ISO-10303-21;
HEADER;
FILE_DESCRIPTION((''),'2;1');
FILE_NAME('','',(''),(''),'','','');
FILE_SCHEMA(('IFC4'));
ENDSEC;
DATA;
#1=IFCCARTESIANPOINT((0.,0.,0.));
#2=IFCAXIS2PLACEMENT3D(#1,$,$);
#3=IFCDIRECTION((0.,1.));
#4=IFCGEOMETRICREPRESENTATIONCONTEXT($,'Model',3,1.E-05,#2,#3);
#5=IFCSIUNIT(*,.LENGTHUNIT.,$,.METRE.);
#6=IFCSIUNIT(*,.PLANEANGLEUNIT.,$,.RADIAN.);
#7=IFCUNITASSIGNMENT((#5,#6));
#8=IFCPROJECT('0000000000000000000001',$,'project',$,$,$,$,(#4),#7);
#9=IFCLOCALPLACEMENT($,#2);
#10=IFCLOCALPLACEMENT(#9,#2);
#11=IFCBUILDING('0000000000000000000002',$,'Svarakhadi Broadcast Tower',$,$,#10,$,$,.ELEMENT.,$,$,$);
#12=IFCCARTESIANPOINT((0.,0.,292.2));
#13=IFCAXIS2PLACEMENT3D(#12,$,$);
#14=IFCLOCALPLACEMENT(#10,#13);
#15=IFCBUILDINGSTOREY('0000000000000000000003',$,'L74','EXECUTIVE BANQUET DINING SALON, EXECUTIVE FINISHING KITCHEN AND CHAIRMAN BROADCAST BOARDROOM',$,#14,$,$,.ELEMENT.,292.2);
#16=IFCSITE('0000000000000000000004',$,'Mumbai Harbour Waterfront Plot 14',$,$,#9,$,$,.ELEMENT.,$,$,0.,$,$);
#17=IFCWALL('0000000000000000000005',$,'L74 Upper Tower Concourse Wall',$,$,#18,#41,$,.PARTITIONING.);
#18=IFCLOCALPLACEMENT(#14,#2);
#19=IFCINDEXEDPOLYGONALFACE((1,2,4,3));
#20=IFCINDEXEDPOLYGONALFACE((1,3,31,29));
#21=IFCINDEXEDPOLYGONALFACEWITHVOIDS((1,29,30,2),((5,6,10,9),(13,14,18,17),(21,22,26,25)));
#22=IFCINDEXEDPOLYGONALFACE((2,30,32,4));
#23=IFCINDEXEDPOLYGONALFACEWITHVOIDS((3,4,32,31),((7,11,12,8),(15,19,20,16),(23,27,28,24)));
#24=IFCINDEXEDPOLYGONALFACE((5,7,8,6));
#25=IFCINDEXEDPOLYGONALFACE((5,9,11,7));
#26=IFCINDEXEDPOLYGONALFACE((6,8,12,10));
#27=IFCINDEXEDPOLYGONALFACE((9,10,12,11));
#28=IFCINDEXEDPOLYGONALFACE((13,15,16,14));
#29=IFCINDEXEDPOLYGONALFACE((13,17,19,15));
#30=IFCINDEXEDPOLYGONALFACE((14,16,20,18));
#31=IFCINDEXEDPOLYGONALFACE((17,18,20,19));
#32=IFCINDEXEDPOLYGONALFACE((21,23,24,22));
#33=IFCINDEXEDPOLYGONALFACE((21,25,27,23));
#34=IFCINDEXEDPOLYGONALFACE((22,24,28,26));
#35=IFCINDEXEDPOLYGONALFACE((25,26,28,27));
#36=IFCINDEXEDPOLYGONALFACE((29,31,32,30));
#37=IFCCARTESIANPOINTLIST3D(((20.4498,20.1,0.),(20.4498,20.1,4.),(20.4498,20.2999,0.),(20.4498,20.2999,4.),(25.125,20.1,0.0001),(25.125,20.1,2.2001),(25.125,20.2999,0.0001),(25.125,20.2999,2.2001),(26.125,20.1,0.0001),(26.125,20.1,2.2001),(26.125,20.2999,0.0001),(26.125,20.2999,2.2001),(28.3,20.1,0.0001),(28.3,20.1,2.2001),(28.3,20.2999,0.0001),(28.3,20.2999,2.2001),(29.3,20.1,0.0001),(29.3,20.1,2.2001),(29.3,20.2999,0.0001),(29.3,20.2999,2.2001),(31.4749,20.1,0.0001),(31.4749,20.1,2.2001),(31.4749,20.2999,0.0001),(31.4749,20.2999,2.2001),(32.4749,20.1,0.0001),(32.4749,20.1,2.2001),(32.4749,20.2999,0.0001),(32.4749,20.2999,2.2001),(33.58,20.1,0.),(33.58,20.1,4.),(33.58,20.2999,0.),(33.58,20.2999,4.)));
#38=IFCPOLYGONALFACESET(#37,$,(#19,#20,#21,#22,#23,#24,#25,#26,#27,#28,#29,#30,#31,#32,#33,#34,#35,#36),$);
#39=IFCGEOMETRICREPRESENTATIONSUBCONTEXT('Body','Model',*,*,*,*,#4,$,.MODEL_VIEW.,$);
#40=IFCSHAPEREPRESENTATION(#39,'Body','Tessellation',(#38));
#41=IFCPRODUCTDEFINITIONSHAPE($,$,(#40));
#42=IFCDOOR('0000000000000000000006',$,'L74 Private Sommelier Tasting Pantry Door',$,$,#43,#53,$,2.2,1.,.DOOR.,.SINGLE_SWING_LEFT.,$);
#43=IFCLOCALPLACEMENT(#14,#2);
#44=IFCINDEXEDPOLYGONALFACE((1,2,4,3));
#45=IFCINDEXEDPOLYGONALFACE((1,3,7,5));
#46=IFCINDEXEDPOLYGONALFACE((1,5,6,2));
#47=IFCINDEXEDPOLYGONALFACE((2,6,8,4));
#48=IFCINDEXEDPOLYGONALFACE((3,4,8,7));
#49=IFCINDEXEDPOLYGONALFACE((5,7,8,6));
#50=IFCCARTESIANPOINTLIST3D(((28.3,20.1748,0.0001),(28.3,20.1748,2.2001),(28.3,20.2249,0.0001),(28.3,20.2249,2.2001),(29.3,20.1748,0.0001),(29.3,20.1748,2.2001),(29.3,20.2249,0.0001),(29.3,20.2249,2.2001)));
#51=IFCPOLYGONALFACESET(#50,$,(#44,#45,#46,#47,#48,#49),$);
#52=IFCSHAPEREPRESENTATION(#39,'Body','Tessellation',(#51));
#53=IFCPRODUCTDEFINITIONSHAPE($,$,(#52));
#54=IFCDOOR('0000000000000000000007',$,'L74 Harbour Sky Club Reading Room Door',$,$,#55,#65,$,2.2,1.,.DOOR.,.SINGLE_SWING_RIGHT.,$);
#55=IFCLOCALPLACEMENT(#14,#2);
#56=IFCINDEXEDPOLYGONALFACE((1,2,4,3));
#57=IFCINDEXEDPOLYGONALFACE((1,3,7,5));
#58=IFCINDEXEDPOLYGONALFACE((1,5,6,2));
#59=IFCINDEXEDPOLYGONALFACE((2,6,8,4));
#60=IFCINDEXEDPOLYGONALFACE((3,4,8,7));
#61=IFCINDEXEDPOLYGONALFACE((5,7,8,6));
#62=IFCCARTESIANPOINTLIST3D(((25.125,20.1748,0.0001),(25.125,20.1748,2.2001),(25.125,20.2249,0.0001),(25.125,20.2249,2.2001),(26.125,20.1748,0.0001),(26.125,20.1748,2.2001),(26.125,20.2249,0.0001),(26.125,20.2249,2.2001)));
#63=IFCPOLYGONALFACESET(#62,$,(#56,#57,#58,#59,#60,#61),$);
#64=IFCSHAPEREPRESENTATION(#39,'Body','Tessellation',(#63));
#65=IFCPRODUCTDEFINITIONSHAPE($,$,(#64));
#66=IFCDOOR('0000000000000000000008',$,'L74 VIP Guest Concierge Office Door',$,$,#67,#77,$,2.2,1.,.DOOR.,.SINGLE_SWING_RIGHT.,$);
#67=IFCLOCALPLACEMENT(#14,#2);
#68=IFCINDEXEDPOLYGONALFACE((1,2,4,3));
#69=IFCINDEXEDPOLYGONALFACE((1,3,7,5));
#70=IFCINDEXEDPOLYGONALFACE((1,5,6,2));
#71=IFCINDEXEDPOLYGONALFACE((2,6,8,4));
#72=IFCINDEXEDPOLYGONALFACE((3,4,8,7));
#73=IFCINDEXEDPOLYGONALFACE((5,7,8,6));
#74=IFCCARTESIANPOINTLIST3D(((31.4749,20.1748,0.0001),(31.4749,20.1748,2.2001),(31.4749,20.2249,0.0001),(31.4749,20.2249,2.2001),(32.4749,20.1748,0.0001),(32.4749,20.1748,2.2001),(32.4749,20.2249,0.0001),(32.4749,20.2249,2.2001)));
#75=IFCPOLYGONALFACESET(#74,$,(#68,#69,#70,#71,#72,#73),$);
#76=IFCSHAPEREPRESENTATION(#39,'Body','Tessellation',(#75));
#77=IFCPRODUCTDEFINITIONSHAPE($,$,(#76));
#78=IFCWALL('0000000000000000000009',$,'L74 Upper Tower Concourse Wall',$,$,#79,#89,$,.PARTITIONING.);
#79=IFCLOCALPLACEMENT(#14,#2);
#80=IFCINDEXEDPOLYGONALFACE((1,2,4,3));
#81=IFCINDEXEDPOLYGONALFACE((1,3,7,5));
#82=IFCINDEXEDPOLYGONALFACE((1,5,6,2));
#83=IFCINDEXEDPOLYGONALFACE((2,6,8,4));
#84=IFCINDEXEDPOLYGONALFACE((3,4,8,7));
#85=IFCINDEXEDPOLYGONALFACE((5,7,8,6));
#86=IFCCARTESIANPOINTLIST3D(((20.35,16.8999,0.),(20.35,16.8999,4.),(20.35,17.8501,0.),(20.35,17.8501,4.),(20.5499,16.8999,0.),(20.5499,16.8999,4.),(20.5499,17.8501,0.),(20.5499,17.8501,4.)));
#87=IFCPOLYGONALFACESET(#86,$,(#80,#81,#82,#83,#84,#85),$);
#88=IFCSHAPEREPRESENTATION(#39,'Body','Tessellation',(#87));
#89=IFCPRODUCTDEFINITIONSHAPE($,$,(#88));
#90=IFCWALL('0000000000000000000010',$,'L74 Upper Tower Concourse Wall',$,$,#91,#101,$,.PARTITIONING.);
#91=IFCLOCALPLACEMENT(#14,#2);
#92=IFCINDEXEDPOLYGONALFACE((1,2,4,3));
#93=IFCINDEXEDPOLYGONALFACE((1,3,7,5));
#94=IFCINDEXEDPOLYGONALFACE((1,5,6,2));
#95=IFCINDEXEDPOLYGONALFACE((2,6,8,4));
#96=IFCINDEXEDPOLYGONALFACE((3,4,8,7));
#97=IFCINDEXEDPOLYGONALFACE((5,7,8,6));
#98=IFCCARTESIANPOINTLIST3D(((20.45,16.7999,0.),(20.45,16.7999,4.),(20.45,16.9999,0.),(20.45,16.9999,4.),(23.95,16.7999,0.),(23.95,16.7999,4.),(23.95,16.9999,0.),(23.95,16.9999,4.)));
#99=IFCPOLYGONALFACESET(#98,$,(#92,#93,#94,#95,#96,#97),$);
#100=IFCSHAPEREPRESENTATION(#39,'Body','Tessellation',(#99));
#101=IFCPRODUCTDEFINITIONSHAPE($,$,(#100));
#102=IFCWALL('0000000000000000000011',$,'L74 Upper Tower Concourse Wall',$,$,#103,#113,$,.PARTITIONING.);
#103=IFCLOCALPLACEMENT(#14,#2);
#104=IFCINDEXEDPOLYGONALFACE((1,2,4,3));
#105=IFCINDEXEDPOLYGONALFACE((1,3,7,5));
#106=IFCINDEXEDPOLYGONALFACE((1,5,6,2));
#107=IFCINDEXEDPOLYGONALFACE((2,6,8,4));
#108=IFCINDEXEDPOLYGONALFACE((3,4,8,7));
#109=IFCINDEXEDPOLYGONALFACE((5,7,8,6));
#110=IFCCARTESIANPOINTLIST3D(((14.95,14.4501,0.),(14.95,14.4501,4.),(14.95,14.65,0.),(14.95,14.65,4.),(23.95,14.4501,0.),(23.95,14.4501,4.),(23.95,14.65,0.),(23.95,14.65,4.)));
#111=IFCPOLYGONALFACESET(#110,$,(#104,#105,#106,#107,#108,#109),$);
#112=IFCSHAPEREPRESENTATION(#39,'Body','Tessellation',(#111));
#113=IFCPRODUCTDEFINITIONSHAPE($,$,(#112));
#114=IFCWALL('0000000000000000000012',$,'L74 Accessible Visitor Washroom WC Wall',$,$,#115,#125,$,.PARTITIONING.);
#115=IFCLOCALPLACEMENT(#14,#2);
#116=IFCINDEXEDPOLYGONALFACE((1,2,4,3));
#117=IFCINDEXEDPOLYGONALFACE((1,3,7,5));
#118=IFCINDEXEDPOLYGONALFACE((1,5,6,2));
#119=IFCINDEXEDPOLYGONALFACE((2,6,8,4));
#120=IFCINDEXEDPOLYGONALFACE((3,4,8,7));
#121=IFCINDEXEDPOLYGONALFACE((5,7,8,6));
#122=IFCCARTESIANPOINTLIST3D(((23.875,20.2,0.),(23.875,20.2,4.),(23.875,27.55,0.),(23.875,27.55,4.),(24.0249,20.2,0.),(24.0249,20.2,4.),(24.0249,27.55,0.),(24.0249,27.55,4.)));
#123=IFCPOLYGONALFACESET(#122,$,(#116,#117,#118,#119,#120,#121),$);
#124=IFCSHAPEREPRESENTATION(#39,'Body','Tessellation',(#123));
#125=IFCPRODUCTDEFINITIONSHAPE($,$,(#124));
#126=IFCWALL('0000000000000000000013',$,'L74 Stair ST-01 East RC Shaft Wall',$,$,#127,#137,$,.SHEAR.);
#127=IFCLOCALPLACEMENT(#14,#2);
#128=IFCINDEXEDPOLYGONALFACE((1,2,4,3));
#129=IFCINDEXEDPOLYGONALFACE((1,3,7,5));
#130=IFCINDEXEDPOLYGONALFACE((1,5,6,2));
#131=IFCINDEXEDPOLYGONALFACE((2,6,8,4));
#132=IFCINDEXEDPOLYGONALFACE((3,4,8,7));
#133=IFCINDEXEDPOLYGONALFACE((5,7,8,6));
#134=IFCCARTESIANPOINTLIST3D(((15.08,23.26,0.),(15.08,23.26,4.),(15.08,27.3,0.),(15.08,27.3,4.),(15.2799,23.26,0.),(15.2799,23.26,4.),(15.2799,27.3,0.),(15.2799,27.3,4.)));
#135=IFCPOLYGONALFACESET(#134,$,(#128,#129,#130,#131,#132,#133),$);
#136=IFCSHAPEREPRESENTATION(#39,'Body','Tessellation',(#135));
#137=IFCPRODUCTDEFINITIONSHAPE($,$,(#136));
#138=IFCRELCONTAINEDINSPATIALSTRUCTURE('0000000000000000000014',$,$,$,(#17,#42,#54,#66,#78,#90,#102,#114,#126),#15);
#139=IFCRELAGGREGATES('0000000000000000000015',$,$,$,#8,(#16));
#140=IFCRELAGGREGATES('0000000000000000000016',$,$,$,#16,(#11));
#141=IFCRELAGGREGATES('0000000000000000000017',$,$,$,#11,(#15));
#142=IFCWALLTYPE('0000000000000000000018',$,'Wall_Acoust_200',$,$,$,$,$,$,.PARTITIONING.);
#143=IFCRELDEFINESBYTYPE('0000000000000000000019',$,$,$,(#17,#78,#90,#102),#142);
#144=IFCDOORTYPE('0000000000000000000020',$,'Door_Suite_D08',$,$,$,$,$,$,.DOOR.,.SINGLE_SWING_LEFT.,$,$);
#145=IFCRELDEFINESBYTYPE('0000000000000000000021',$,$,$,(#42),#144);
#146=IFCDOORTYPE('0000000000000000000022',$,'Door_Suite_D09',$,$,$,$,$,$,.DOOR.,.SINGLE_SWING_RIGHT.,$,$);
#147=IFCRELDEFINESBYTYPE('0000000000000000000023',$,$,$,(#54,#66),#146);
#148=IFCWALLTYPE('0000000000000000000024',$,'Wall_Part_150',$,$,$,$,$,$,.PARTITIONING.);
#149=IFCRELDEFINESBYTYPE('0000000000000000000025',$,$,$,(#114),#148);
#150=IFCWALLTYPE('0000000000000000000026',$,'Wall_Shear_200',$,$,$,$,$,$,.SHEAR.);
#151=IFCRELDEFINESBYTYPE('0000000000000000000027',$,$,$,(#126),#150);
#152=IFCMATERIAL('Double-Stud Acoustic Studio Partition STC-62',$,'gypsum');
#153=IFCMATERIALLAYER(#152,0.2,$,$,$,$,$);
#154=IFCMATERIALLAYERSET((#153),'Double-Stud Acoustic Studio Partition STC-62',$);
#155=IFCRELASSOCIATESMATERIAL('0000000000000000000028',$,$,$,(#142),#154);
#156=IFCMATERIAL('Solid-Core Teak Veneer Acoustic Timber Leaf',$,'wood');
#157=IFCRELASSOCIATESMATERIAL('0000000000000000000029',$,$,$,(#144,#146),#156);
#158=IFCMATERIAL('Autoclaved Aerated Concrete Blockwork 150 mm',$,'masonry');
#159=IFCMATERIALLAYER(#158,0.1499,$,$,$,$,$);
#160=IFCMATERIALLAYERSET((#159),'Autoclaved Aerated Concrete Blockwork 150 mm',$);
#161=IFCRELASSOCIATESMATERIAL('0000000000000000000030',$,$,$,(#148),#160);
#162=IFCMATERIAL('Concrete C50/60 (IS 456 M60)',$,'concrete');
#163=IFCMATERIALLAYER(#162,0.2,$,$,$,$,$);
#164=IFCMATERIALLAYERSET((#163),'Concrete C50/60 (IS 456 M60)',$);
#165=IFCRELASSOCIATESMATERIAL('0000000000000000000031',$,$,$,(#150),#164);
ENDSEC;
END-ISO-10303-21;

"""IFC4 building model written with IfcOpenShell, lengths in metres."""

from ifc_helpers import new_model, si_unit, direction, frame, frame_2d, origin, place, context, subcontext, project, spatial, rectangle, extrude, material, layer, layer_set, type_object, element, fill, save


model = new_model("IFC4")

# Units and contexts
model_context = context("Model", 3, precision=1e-05, world=origin(), true_north=direction((0.0, 1.0)))
body_context = subcontext(model_context, "Body", "Model", "MODEL_VIEW")
ifc_project = project(units=[si_unit("LENGTHUNIT", "METRE"), si_unit("PLANEANGLEUNIT", "RADIAN")], contexts=[model_context])

# Site, building, storey
site_placement = place(None, origin())
site = spatial("IfcSite", under=ifc_project, at=site_placement, Name="Mumbai Harbour Waterfront Plot 14", CompositionType="ELEMENT", RefElevation=0.0)
building_placement = place(site_placement, origin())
building = spatial("IfcBuilding", under=site, at=building_placement, Name="Svarakhadi Broadcast Tower", CompositionType="ELEMENT")
storey_placement = place(building_placement, frame((0.0, 0.0, 292.2)))
storey = spatial("IfcBuildingStorey", under=building, at=storey_placement, Name="L74", Description="EXECUTIVE BANQUET DINING SALON, EXECUTIVE FINISHING KITCHEN AND CHAIRMAN BROADCAST BOARDROOM", CompositionType="ELEMENT", Elevation=292.2)

# Shared definitions
ifc_material_1 = material(Name="Concrete C50/60 (IS 456 M60)", Category="concrete")

# Wall, openings, doors
ifc_material_2 = material(Name="Double-Stud Acoustic Studio Partition STC-62", Category="gypsum")
ifc_layer_1 = layer(ifc_material_2, 0.2)
ifc_layer_set_1 = layer_set([ifc_layer_1], Name="Double-Stud Acoustic Studio Partition STC-62")
wall_type_1 = type_object("IfcWallType", Name="Wall_Acoust_200", PredefinedType="PARTITIONING", material=ifc_layer_set_1)
wall_1_placement = place(storey_placement, frame((20.45, 20.2, 0.0), z_axis=(0.0, 0.0, 1.0), x_axis=(1.0, 0.0, 0.0)))
wall_1 = element("IfcWall", 1, at=wall_1_placement, inside=storey, type_object=wall_type_1, Name="L74 Upper Tower Concourse Wall", PredefinedType="PARTITIONING", context=body_context, shape_type="SweptSolid", body=[
    extrude(rectangle(XDim=13.1301, YDim=0.2, at=frame_2d((6.5649, 0.0))), origin(), (0.0, 0.0, 1.0), 4.0),
])
opening_1_placement = place(wall_1_placement, frame((4.675, 0.0, 0.0)))
opening_1 = element("IfcOpeningElement", 2, at=opening_1_placement, cuts=wall_1, PredefinedType="OPENING", context=body_context, shape_type="SweptSolid", body=[
    extrude(rectangle(XDim=1.0, YDim=2.2, at=frame_2d((0.5, 1.1001))), frame((0.0, 0.1099, 0.0), z_axis=(0.0, -1.0, 0.0), x_axis=(1.0, 0.0, 0.0)), (0.0, 0.0, 1.0), 0.22),
])
opening_2_placement = place(wall_1_placement, frame((7.8501, 0.0, 0.0)))
opening_2 = element("IfcOpeningElement", 3, at=opening_2_placement, cuts=wall_1, PredefinedType="OPENING", context=body_context, shape_type="SweptSolid", body=[
    extrude(rectangle(XDim=1.0, YDim=2.2, at=frame_2d((0.5, 1.1001))), frame((0.0, 0.1099, 0.0), z_axis=(0.0, -1.0, 0.0), x_axis=(1.0, 0.0, 0.0)), (0.0, 0.0, 1.0), 0.22),
])
opening_3_placement = place(wall_1_placement, frame((11.0249, 0.0, 0.0)))
opening_3 = element("IfcOpeningElement", 4, at=opening_3_placement, cuts=wall_1, PredefinedType="OPENING", context=body_context, shape_type="SweptSolid", body=[
    extrude(rectangle(XDim=1.0, YDim=2.2, at=frame_2d((0.5, 1.1001))), frame((0.0, 0.1099, 0.0), z_axis=(0.0, -1.0, 0.0), x_axis=(1.0, 0.0, 0.0)), (0.0, 0.0, 1.0), 0.22),
])
ifc_material_3 = material(Name="Solid-Core Teak Veneer Acoustic Timber Leaf", Category="wood")
door_type_1 = type_object("IfcDoorType", Name="Door_Suite_D08", OperationType="SINGLE_SWING_LEFT", PredefinedType="DOOR", material=ifc_material_3)
door_1_placement = place(opening_2_placement, origin())
door_1 = element("IfcDoor", 5, at=door_1_placement, inside=storey, type_object=door_type_1, Name="L74 Private Sommelier Tasting Pantry Door", OperationType="SINGLE_SWING_LEFT", OverallHeight=2.2, OverallWidth=1.0, PredefinedType="DOOR", context=body_context, shape_type="SweptSolid", body=[
    extrude(rectangle(XDim=1.0, YDim=2.2, at=frame_2d((0.5, 1.1001))), frame((0.0, 0.0249, 0.0), z_axis=(0.0, -1.0, 0.0), x_axis=(1.0, 0.0, 0.0)), (0.0, 0.0, 1.0), 0.05),
])
fill(opening_2, door_1)
door_type_2 = type_object("IfcDoorType", Name="Door_Suite_D09", OperationType="SINGLE_SWING_RIGHT", PredefinedType="DOOR", material=ifc_material_3)
door_2_placement = place(opening_1_placement, origin())
door_2 = element("IfcDoor", 6, at=door_2_placement, inside=storey, type_object=door_type_2, Name="L74 Harbour Sky Club Reading Room Door", OperationType="SINGLE_SWING_RIGHT", OverallHeight=2.2, OverallWidth=1.0, PredefinedType="DOOR", context=body_context, shape_type="SweptSolid", body=[
    extrude(rectangle(XDim=1.0, YDim=2.2, at=frame_2d((0.5, 1.1001))), frame((0.0, 0.0249, 0.0), z_axis=(0.0, -1.0, 0.0), x_axis=(1.0, 0.0, 0.0)), (0.0, 0.0, 1.0), 0.05),
])
fill(opening_1, door_2)
door_3_placement = place(opening_3_placement, origin())
door_3 = element("IfcDoor", 7, at=door_3_placement, inside=storey, type_object=door_type_2, Name="L74 VIP Guest Concierge Office Door", OperationType="SINGLE_SWING_RIGHT", OverallHeight=2.2, OverallWidth=1.0, PredefinedType="DOOR", context=body_context, shape_type="SweptSolid", body=[
    extrude(rectangle(XDim=1.0, YDim=2.2, at=frame_2d((0.5, 1.1001))), frame((0.0, 0.0249, 0.0), z_axis=(0.0, -1.0, 0.0), x_axis=(1.0, 0.0, 0.0)), (0.0, 0.0, 1.0), 0.05),
])
fill(opening_3, door_3)

# Walls
wall_2_placement = place(storey_placement, frame((20.45, 17.8501, 0.0), z_axis=(0.0, 0.0, 1.0), x_axis=(0.0, -1.0, 0.0)))
element("IfcWall", 8, at=wall_2_placement, inside=storey, type_object=wall_type_1, Name="L74 Upper Tower Concourse Wall", PredefinedType="PARTITIONING", context=body_context, shape_type="SweptSolid", body=[
    extrude(rectangle(XDim=0.9502, YDim=0.2, at=frame_2d((0.4751, 0.0))), origin(), (0.0, 0.0, 1.0), 4.0),
])
wall_3_placement = place(storey_placement, frame((20.45, 16.8999, 0.0), z_axis=(0.0, 0.0, 1.0), x_axis=(1.0, 0.0, 0.0)))
element("IfcWall", 9, at=wall_3_placement, inside=storey, type_object=wall_type_1, Name="L74 Upper Tower Concourse Wall", PredefinedType="PARTITIONING", context=body_context, shape_type="SweptSolid", body=[
    extrude(rectangle(XDim=3.5, YDim=0.2, at=frame_2d((1.75, 0.0))), origin(), (0.0, 0.0, 1.0), 4.0),
])
wall_4_placement = place(storey_placement, frame((23.95, 14.55, 0.0), z_axis=(0.0, 0.0, 1.0), x_axis=(-1.0, 0.0, 0.0)))
element("IfcWall", 10, at=wall_4_placement, inside=storey, type_object=wall_type_1, Name="L74 Upper Tower Concourse Wall", PredefinedType="PARTITIONING", context=body_context, shape_type="SweptSolid", body=[
    extrude(rectangle(XDim=9.0, YDim=0.2, at=frame_2d((4.5, 0.0))), origin(), (0.0, 0.0, 1.0), 4.0),
])

# Shared definitions
ifc_material_4 = material(Name="Autoclaved Aerated Concrete Blockwork 150 mm", Category="masonry")
ifc_layer_2 = layer(ifc_material_4, 0.1499)
ifc_layer_set_2 = layer_set([ifc_layer_2], Name="Autoclaved Aerated Concrete Blockwork 150 mm")
wall_type_2 = type_object("IfcWallType", Name="Wall_Part_150", PredefinedType="PARTITIONING", material=ifc_layer_set_2)

# Walls
wall_5_placement = place(storey_placement, frame((23.95, 20.2, 0.0), z_axis=(0.0, 0.0, 1.0), x_axis=(0.0, 1.0, 0.0)))
element("IfcWall", 11, at=wall_5_placement, inside=storey, type_object=wall_type_2, Name="L74 Accessible Visitor Washroom WC Wall", PredefinedType="PARTITIONING", context=body_context, shape_type="SweptSolid", body=[
    extrude(rectangle(XDim=7.3501, YDim=0.1499, at=frame_2d((3.675, 0.0))), origin(), (0.0, 0.0, 1.0), 4.0),
])
ifc_layer_3 = layer(ifc_material_1, 0.2)
ifc_layer_set_3 = layer_set([ifc_layer_3], Name="Concrete C50/60 (IS 456 M60)")
wall_type_3 = type_object("IfcWallType", Name="Wall_Shear_200", PredefinedType="SHEAR", material=ifc_layer_set_3)
wall_6_placement = place(storey_placement, frame((15.1799, 23.26, 0.0), z_axis=(0.0, 0.0, 1.0), x_axis=(0.0, 1.0, 0.0)))
element("IfcWall", 12, at=wall_6_placement, inside=storey, type_object=wall_type_3, Name="L74 Stair ST-01 East RC Shaft Wall", PredefinedType="SHEAR", context=body_context, shape_type="SweptSolid", body=[
    extrude(rectangle(XDim=4.04, YDim=0.2, at=frame_2d((2.02, 0.0))), origin(), (0.0, 0.0, 1.0), 4.0),
])

save(model, "model.ifc")
